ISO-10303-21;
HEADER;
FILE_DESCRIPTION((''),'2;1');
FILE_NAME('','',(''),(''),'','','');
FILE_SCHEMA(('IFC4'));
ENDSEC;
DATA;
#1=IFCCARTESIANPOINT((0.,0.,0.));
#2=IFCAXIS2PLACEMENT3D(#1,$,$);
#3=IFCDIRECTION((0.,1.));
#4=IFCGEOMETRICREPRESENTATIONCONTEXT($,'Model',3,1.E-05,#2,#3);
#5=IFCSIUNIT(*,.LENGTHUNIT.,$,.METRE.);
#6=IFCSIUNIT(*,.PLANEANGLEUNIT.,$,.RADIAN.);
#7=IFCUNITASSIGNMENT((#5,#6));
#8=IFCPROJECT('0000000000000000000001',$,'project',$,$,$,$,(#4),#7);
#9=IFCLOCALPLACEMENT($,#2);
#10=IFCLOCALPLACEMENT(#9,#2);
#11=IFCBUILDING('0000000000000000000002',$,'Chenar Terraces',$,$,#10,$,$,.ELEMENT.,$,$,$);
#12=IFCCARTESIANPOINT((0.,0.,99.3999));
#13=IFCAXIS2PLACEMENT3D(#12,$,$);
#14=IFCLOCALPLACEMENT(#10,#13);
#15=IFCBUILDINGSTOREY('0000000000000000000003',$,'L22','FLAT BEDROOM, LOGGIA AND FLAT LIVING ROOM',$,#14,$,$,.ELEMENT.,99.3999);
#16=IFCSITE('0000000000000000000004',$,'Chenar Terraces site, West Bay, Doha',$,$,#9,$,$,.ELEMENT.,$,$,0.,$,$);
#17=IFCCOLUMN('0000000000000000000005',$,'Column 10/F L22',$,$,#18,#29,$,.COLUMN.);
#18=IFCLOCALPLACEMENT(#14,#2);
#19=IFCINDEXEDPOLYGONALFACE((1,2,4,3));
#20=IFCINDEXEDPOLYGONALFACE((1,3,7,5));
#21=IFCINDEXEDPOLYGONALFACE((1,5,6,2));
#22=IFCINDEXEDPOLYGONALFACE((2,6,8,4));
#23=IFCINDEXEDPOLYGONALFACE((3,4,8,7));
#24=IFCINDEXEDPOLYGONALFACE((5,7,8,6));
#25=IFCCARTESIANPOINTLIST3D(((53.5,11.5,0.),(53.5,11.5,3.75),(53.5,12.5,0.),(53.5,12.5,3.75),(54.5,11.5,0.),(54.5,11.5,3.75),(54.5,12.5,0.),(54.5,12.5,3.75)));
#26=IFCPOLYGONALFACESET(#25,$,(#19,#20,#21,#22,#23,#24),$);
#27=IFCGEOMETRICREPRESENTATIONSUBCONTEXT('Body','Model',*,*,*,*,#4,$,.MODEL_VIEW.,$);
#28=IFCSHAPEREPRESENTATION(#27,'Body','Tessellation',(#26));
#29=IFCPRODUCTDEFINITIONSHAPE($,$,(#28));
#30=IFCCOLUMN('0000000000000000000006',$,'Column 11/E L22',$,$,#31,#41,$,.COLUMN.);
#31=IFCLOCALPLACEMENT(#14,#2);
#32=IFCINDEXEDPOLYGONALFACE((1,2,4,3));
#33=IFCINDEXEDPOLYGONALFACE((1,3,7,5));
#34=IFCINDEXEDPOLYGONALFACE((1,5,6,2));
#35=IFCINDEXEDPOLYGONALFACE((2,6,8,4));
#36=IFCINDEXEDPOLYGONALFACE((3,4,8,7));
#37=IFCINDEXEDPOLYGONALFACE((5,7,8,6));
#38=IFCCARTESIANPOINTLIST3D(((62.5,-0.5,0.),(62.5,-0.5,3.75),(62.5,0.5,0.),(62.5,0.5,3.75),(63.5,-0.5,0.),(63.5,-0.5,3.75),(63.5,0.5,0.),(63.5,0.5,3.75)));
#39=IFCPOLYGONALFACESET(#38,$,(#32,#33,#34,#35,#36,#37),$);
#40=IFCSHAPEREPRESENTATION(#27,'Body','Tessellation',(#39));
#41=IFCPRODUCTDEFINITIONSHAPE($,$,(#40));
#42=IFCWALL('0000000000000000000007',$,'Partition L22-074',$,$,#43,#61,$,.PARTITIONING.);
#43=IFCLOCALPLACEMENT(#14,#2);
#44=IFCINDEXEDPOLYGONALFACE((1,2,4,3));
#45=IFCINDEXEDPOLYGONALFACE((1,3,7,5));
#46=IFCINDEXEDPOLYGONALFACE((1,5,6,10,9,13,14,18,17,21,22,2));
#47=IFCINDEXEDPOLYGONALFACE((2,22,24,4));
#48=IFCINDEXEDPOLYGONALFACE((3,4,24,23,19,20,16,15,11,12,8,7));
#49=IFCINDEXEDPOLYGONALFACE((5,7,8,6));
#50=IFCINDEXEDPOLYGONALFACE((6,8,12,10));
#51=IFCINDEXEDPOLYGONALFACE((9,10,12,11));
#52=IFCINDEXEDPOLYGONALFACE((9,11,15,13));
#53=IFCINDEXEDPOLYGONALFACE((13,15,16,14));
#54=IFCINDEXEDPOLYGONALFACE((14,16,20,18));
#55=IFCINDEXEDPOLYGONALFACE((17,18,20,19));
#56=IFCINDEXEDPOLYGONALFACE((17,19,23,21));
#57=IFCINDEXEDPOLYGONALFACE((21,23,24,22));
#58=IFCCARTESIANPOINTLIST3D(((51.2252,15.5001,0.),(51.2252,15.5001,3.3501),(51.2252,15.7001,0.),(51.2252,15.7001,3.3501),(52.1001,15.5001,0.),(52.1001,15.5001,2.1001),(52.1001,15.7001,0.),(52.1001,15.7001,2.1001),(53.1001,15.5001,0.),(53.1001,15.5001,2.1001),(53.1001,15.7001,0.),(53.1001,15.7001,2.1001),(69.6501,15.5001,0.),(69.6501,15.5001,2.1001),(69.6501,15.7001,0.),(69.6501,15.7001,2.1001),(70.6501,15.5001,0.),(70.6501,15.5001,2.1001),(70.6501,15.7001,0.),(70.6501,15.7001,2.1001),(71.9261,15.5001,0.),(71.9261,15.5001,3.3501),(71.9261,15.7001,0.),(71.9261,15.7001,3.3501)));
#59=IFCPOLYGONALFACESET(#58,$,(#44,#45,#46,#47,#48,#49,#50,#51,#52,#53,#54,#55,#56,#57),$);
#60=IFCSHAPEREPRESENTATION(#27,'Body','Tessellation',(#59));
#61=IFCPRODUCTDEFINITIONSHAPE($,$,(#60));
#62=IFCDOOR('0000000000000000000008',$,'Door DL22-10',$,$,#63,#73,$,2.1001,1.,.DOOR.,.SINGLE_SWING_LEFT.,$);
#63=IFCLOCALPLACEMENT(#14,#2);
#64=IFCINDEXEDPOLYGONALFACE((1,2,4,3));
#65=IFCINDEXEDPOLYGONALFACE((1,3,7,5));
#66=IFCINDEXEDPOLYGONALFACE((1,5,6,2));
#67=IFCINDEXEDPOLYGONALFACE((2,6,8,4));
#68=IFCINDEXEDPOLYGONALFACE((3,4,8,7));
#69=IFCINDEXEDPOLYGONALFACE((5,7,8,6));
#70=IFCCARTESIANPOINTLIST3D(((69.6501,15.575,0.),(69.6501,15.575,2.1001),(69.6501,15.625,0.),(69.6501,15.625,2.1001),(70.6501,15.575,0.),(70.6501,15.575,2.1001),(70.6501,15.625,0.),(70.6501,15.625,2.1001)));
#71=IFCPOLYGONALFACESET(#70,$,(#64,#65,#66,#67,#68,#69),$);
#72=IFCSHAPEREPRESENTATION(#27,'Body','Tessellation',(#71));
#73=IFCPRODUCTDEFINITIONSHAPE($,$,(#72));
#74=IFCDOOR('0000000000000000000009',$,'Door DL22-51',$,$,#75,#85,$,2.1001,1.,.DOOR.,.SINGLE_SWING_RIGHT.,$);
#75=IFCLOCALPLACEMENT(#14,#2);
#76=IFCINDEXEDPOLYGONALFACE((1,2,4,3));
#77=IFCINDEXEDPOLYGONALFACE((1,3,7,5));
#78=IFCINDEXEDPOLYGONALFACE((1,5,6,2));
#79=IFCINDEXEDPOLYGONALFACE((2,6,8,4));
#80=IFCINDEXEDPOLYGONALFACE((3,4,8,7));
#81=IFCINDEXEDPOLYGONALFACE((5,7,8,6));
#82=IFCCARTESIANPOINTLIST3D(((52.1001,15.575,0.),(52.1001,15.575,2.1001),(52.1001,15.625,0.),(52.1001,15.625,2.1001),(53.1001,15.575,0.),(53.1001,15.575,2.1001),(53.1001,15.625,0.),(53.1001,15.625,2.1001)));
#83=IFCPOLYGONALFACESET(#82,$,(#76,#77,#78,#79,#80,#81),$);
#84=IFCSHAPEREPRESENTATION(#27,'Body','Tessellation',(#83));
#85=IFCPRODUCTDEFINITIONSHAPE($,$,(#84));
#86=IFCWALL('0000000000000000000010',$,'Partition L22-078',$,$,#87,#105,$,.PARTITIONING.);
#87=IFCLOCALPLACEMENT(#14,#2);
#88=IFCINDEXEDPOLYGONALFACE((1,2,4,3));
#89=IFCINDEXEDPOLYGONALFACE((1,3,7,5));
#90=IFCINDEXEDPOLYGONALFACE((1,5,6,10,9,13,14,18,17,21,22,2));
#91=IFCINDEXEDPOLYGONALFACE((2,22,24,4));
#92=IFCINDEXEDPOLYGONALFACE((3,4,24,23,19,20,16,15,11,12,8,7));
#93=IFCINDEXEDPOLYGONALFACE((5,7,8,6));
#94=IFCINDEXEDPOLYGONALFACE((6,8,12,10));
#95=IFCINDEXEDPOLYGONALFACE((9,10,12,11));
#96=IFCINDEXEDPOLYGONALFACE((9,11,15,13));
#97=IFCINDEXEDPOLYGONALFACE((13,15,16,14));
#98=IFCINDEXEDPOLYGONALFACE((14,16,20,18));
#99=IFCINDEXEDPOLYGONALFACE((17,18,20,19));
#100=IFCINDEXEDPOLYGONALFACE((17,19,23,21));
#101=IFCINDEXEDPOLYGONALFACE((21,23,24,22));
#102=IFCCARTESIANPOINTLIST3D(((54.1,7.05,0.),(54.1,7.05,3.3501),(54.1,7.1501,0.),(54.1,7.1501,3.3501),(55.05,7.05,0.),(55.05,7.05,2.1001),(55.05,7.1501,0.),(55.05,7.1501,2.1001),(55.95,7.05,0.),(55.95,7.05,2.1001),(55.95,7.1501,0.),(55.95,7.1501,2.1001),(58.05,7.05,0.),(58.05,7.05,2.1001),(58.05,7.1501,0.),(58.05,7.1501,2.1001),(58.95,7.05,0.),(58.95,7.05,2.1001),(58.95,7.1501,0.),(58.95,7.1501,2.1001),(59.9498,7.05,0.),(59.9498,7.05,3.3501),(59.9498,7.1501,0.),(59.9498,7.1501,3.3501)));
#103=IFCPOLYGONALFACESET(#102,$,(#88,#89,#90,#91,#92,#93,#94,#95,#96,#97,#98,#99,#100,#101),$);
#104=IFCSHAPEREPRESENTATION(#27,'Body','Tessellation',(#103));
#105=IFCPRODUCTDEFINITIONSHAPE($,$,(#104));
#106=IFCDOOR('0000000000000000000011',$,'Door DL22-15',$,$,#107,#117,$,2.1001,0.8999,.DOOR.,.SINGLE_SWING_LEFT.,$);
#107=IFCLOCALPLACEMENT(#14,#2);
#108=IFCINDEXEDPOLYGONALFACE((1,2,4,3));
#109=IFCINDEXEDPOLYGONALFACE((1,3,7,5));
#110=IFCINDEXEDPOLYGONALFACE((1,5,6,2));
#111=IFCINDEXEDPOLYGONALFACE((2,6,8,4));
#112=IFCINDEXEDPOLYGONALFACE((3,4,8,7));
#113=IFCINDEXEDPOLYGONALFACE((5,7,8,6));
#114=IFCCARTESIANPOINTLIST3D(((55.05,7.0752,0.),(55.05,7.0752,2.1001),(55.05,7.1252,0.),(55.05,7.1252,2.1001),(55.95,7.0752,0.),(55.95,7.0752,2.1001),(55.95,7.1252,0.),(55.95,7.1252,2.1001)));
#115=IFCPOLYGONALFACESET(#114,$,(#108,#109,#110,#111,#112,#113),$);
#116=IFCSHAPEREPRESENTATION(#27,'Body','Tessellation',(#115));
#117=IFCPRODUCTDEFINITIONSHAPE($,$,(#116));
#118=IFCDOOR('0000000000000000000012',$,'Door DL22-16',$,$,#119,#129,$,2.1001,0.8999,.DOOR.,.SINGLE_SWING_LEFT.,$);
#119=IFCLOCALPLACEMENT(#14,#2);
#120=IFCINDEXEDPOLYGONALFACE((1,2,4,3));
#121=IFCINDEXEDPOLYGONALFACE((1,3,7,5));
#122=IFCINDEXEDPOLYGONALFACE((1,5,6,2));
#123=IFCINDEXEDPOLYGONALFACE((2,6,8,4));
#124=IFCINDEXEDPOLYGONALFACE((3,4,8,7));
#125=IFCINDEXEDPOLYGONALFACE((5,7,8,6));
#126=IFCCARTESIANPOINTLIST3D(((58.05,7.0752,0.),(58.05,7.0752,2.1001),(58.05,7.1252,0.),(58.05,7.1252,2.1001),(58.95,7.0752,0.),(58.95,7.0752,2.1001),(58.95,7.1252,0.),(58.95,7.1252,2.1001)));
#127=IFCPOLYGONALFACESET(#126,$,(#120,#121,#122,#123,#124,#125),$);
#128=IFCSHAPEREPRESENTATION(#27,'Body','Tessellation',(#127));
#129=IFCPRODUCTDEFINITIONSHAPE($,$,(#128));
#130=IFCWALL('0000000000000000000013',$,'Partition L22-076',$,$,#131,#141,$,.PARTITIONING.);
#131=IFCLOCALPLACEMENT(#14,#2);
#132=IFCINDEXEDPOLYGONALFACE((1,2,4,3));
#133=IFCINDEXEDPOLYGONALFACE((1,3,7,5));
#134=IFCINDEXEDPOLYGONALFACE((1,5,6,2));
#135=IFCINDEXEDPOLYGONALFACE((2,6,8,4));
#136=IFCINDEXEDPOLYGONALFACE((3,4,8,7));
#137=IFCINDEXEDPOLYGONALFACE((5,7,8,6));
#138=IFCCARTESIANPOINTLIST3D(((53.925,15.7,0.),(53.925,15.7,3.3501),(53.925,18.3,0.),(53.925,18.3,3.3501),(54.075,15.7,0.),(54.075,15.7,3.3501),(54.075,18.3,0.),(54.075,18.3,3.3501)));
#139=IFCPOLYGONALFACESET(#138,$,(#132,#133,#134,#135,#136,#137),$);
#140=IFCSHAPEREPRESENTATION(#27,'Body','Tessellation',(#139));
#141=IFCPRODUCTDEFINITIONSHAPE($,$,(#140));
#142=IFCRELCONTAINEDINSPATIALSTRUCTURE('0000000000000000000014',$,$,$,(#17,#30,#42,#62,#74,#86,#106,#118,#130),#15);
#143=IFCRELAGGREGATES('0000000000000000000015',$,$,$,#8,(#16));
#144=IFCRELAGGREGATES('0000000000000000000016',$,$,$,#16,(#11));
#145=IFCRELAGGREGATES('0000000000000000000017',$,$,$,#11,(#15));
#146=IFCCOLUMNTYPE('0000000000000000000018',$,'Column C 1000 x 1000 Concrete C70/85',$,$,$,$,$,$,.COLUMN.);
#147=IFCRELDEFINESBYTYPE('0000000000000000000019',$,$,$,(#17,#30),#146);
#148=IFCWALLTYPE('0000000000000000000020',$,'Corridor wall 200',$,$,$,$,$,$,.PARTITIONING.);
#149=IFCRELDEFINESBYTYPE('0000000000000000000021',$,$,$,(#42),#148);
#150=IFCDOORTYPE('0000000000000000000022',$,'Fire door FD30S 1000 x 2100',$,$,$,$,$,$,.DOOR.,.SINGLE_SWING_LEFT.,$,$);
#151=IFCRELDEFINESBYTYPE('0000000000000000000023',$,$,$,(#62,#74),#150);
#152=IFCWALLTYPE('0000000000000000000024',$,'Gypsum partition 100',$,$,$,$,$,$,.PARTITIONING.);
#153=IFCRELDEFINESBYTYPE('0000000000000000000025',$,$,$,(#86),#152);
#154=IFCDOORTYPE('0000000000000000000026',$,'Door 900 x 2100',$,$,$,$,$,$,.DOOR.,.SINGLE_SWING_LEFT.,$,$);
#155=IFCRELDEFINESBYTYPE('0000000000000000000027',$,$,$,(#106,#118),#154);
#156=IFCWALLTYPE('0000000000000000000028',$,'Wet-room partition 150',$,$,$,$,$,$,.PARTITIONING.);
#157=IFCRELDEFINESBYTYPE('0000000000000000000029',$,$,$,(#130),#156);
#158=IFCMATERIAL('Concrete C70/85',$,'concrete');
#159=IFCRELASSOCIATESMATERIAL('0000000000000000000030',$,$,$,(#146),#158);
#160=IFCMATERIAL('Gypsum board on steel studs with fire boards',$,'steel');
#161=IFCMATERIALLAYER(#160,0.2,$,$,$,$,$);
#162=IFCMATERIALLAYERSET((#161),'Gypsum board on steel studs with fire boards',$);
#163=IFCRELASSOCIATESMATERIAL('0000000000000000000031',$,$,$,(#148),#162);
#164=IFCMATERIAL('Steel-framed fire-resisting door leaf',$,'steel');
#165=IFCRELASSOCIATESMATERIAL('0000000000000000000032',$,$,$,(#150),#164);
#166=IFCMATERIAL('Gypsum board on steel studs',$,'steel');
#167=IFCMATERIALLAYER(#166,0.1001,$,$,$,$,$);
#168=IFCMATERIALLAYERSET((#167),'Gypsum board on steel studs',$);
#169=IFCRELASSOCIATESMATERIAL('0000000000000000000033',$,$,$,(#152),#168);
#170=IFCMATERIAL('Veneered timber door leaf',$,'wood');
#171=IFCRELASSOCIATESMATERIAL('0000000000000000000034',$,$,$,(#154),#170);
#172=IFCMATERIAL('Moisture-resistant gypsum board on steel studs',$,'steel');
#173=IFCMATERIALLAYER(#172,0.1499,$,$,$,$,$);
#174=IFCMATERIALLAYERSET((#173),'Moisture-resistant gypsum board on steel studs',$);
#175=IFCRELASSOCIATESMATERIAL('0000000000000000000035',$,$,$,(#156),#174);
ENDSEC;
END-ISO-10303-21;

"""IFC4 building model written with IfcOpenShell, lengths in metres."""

from ifc_helpers import new_model, si_unit, direction, frame, frame_2d, origin, origin_2d, place, context, subcontext, project, spatial, rectangle, extrude, material, layer, layer_set, material_profile, profile_set, type_object, element, fill, save


model = new_model("IFC4")

# Units and contexts
model_context = context("Model", 3, precision=1e-05, world=origin(), true_north=direction((0.0, 1.0)))
body_context = subcontext(model_context, "Body", "Model", "MODEL_VIEW")
ifc_project = project(units=[si_unit("LENGTHUNIT", "METRE"), si_unit("PLANEANGLEUNIT", "RADIAN")], contexts=[model_context])

# Site, building, storey
site_placement = place(None, origin())
site = spatial("IfcSite", under=ifc_project, at=site_placement, Name="Chenar Terraces site, West Bay, Doha", CompositionType="ELEMENT", RefElevation=0.0)
building_placement = place(site_placement, origin())
building = spatial("IfcBuilding", under=site, at=building_placement, Name="Chenar Terraces", CompositionType="ELEMENT")
storey_placement = place(building_placement, frame((0.0, 0.0, 99.3999)))
storey = spatial("IfcBuildingStorey", under=building, at=storey_placement, Name="L22", Description="FLAT BEDROOM, LOGGIA AND FLAT LIVING ROOM", CompositionType="ELEMENT", Elevation=99.3999)

# Columns
ifc_material_1 = material(Name="Concrete C70/85", Category="concrete")
ifc_material_profile = material_profile(ifc_material_1, rectangle(XDim=1.0, YDim=1.0, at=origin_2d()), Name="C 1000 x 1000")
ifc_profile_set = profile_set([ifc_material_profile], Name="Concrete C70/85")
column_type = type_object("IfcColumnType", Name="Column C 1000 x 1000 Concrete C70/85", PredefinedType="COLUMN", material=ifc_profile_set)
for number, where, z_axis, x_axis, name in (
    (1, (54.0, 12.0, 0.0), (0.0, 0.0, 1.0), (1.0, 0.0, 0.0), "Column 10/F L22"),
    (2, (63.0, 0.0, 0.0), (0.0, 0.0, 1.0), (1.0, 0.0, 0.0), "Column 11/E L22"),
):
    element("IfcColumn", number, at=place(storey_placement, frame(where, z_axis=z_axis, x_axis=x_axis)), inside=storey, type_object=column_type, Name=name, PredefinedType="COLUMN", context=body_context, shape_type="SweptSolid", body=[
        extrude(rectangle(XDim=1.0, YDim=1.0, at=origin_2d()), origin(), (0.0, 0.0, 1.0), 3.75),
    ])

# Walls, openings, doors
ifc_material_2 = material(Name="Gypsum board on steel studs with fire boards", Category="steel")
ifc_layer_1 = layer(ifc_material_2, 0.2)
ifc_layer_set_1 = layer_set([ifc_layer_1], Name="Gypsum board on steel studs with fire boards")
wall_type_1 = type_object("IfcWallType", Name="Corridor wall 200", PredefinedType="PARTITIONING", material=ifc_layer_set_1)
wall_1_placement = place(storey_placement, frame((51.2251, 15.6001, 0.0), z_axis=(0.0, 0.0, 1.0), x_axis=(1.0, 0.0, 0.0)))
wall_1 = element("IfcWall", 3, at=wall_1_placement, inside=storey, type_object=wall_type_1, Name="Partition L22-074", PredefinedType="PARTITIONING", context=body_context, shape_type="SweptSolid", body=[
    extrude(rectangle(XDim=20.7009, YDim=0.2, at=frame_2d((10.3506, 0.0))), origin(), (0.0, 0.0, 1.0), 3.3501),
])
opening_1_placement = place(wall_1_placement, frame((18.425, 0.0, 0.0)))
opening_1 = element("IfcOpeningElement", 4, at=opening_1_placement, cuts=wall_1, PredefinedType="OPENING", context=body_context, shape_type="SweptSolid", body=[
    extrude(rectangle(XDim=1.0, YDim=2.1001, at=frame_2d((0.5, 1.05))), frame((0.0, 0.1099, 0.0), z_axis=(0.0, -1.0, 0.0), x_axis=(1.0, 0.0, 0.0)), (0.0, 0.0, 1.0), 0.22),
])
opening_2_placement = place(wall_1_placement, frame((0.875, 0.0, 0.0)))
opening_2 = element("IfcOpeningElement", 5, at=opening_2_placement, cuts=wall_1, PredefinedType="OPENING", context=body_context, shape_type="SweptSolid", body=[
    extrude(rectangle(XDim=1.0, YDim=2.1001, at=frame_2d((0.5, 1.05))), frame((0.0, 0.1099, 0.0), z_axis=(0.0, -1.0, 0.0), x_axis=(1.0, 0.0, 0.0)), (0.0, 0.0, 1.0), 0.22),
])
ifc_material_3 = material(Name="Steel-framed fire-resisting door leaf", Category="steel")
door_type_1 = type_object("IfcDoorType", Name="Fire door FD30S 1000 x 2100", OperationType="SINGLE_SWING_LEFT", PredefinedType="DOOR", material=ifc_material_3)
door_1_placement = place(opening_1_placement, origin())
door_1 = element("IfcDoor", 6, at=door_1_placement, inside=storey, type_object=door_type_1, Name="Door DL22-10", OperationType="SINGLE_SWING_LEFT", OverallHeight=2.1001, OverallWidth=1.0, PredefinedType="DOOR", context=body_context, shape_type="SweptSolid", body=[
    extrude(rectangle(XDim=1.0, YDim=2.1001, at=frame_2d((0.5, 1.05))), frame((0.0, 0.0249, 0.0), z_axis=(0.0, -1.0, 0.0), x_axis=(1.0, 0.0, 0.0)), (0.0, 0.0, 1.0), 0.05),
])
fill(opening_1, door_1)
door_2_placement = place(opening_2_placement, origin())
door_2 = element("IfcDoor", 7, at=door_2_placement, inside=storey, type_object=door_type_1, Name="Door DL22-51", OperationType="SINGLE_SWING_RIGHT", OverallHeight=2.1001, OverallWidth=1.0, PredefinedType="DOOR", context=body_context, shape_type="SweptSolid", body=[
    extrude(rectangle(XDim=1.0, YDim=2.1001, at=frame_2d((0.5, 1.05))), frame((0.0, 0.0249, 0.0), z_axis=(0.0, -1.0, 0.0), x_axis=(1.0, 0.0, 0.0)), (0.0, 0.0, 1.0), 0.05),
])
fill(opening_2, door_2)
ifc_material_4 = material(Name="Gypsum board on steel studs", Category="steel")
ifc_layer_2 = layer(ifc_material_4, 0.1001)
ifc_layer_set_2 = layer_set([ifc_layer_2], Name="Gypsum board on steel studs")
wall_type_2 = type_object("IfcWallType", Name="Gypsum partition 100", PredefinedType="PARTITIONING", material=ifc_layer_set_2)
wall_2_placement = place(storey_placement, frame((54.1001, 7.1001, 0.0), z_axis=(0.0, 0.0, 1.0), x_axis=(1.0, 0.0, 0.0)))
wall_2 = element("IfcWall", 8, at=wall_2_placement, inside=storey, type_object=wall_type_2, Name="Partition L22-078", PredefinedType="PARTITIONING", context=body_context, shape_type="SweptSolid", body=[
    extrude(rectangle(XDim=5.8499, YDim=0.1001, at=frame_2d((2.9248, 0.0))), origin(), (0.0, 0.0, 1.0), 3.3501),
])
opening_3_placement = place(wall_2_placement, frame((0.95, 0.0, 0.0)))
opening_3 = element("IfcOpeningElement", 9, at=opening_3_placement, cuts=wall_2, PredefinedType="OPENING", context=body_context, shape_type="SweptSolid", body=[
    extrude(rectangle(XDim=0.8999, YDim=2.1001, at=frame_2d((0.45, 1.05))), frame((0.0, 0.0601, 0.0), z_axis=(0.0, -1.0, 0.0), x_axis=(1.0, 0.0, 0.0)), (0.0, 0.0, 1.0), 0.1201),
])
opening_4_placement = place(wall_2_placement, frame((3.95, 0.0, 0.0)))
opening_4 = element("IfcOpeningElement", 10, at=opening_4_placement, cuts=wall_2, PredefinedType="OPENING", context=body_context, shape_type="SweptSolid", body=[
    extrude(rectangle(XDim=0.8999, YDim=2.1001, at=frame_2d((0.45, 1.05))), frame((0.0, 0.0601, 0.0), z_axis=(0.0, -1.0, 0.0), x_axis=(1.0, 0.0, 0.0)), (0.0, 0.0, 1.0), 0.1201),
])
ifc_material_5 = material(Name="Veneered timber door leaf", Category="wood")
door_type_2 = type_object("IfcDoorType", Name="Door 900 x 2100", OperationType="SINGLE_SWING_LEFT", PredefinedType="DOOR", material=ifc_material_5)
door_3_placement = place(opening_3_placement, frame((0.8999, 0.0, 0.0), z_axis=(0.0, 0.0, 1.0), x_axis=(-1.0, 0.0, 0.0)))
door_3 = element("IfcDoor", 11, at=door_3_placement, inside=storey, type_object=door_type_2, Name="Door DL22-15", OperationType="SINGLE_SWING_LEFT", OverallHeight=2.1001, OverallWidth=0.8999, PredefinedType="DOOR", context=body_context, shape_type="SweptSolid", body=[
    extrude(rectangle(XDim=0.8999, YDim=2.1001, at=frame_2d((0.45, 1.05))), frame((0.0, 0.0249, 0.0), z_axis=(0.0, -1.0, 0.0), x_axis=(1.0, 0.0, 0.0)), (0.0, 0.0, 1.0), 0.05),
])
fill(opening_3, door_3)
door_4_placement = place(opening_4_placement, frame((0.8999, 0.0, 0.0), z_axis=(0.0, 0.0, 1.0), x_axis=(-1.0, 0.0, 0.0)))
door_4 = element("IfcDoor", 12, at=door_4_placement, inside=storey, type_object=door_type_2, Name="Door DL22-16", OperationType="SINGLE_SWING_LEFT", OverallHeight=2.1001, OverallWidth=0.8999, PredefinedType="DOOR", context=body_context, shape_type="SweptSolid", body=[
    extrude(rectangle(XDim=0.8999, YDim=2.1001, at=frame_2d((0.45, 1.05))), frame((0.0, 0.0249, 0.0), z_axis=(0.0, -1.0, 0.0), x_axis=(1.0, 0.0, 0.0)), (0.0, 0.0, 1.0), 0.05),
])
fill(opening_4, door_4)

# Wall
ifc_material_6 = material(Name="Moisture-resistant gypsum board on steel studs", Category="steel")
ifc_layer_3 = layer(ifc_material_6, 0.1499)
ifc_layer_set_3 = layer_set([ifc_layer_3], Name="Moisture-resistant gypsum board on steel studs")
wall_type_3 = type_object("IfcWallType", Name="Wet-room partition 150", PredefinedType="PARTITIONING", material=ifc_layer_set_3)
wall_3_placement = place(storey_placement, frame((54.0, 15.7, 0.0), z_axis=(0.0, 0.0, 1.0), x_axis=(0.0, 1.0, 0.0)))
element("IfcWall", 13, at=wall_3_placement, inside=storey, type_object=wall_type_3, Name="Partition L22-076", PredefinedType="PARTITIONING", context=body_context, shape_type="SweptSolid", body=[
    extrude(rectangle(XDim=2.6001, YDim=0.1499, at=frame_2d((1.3, 0.0))), origin(), (0.0, 0.0, 1.0), 3.3501),
])

save(model, "model.ifc")
